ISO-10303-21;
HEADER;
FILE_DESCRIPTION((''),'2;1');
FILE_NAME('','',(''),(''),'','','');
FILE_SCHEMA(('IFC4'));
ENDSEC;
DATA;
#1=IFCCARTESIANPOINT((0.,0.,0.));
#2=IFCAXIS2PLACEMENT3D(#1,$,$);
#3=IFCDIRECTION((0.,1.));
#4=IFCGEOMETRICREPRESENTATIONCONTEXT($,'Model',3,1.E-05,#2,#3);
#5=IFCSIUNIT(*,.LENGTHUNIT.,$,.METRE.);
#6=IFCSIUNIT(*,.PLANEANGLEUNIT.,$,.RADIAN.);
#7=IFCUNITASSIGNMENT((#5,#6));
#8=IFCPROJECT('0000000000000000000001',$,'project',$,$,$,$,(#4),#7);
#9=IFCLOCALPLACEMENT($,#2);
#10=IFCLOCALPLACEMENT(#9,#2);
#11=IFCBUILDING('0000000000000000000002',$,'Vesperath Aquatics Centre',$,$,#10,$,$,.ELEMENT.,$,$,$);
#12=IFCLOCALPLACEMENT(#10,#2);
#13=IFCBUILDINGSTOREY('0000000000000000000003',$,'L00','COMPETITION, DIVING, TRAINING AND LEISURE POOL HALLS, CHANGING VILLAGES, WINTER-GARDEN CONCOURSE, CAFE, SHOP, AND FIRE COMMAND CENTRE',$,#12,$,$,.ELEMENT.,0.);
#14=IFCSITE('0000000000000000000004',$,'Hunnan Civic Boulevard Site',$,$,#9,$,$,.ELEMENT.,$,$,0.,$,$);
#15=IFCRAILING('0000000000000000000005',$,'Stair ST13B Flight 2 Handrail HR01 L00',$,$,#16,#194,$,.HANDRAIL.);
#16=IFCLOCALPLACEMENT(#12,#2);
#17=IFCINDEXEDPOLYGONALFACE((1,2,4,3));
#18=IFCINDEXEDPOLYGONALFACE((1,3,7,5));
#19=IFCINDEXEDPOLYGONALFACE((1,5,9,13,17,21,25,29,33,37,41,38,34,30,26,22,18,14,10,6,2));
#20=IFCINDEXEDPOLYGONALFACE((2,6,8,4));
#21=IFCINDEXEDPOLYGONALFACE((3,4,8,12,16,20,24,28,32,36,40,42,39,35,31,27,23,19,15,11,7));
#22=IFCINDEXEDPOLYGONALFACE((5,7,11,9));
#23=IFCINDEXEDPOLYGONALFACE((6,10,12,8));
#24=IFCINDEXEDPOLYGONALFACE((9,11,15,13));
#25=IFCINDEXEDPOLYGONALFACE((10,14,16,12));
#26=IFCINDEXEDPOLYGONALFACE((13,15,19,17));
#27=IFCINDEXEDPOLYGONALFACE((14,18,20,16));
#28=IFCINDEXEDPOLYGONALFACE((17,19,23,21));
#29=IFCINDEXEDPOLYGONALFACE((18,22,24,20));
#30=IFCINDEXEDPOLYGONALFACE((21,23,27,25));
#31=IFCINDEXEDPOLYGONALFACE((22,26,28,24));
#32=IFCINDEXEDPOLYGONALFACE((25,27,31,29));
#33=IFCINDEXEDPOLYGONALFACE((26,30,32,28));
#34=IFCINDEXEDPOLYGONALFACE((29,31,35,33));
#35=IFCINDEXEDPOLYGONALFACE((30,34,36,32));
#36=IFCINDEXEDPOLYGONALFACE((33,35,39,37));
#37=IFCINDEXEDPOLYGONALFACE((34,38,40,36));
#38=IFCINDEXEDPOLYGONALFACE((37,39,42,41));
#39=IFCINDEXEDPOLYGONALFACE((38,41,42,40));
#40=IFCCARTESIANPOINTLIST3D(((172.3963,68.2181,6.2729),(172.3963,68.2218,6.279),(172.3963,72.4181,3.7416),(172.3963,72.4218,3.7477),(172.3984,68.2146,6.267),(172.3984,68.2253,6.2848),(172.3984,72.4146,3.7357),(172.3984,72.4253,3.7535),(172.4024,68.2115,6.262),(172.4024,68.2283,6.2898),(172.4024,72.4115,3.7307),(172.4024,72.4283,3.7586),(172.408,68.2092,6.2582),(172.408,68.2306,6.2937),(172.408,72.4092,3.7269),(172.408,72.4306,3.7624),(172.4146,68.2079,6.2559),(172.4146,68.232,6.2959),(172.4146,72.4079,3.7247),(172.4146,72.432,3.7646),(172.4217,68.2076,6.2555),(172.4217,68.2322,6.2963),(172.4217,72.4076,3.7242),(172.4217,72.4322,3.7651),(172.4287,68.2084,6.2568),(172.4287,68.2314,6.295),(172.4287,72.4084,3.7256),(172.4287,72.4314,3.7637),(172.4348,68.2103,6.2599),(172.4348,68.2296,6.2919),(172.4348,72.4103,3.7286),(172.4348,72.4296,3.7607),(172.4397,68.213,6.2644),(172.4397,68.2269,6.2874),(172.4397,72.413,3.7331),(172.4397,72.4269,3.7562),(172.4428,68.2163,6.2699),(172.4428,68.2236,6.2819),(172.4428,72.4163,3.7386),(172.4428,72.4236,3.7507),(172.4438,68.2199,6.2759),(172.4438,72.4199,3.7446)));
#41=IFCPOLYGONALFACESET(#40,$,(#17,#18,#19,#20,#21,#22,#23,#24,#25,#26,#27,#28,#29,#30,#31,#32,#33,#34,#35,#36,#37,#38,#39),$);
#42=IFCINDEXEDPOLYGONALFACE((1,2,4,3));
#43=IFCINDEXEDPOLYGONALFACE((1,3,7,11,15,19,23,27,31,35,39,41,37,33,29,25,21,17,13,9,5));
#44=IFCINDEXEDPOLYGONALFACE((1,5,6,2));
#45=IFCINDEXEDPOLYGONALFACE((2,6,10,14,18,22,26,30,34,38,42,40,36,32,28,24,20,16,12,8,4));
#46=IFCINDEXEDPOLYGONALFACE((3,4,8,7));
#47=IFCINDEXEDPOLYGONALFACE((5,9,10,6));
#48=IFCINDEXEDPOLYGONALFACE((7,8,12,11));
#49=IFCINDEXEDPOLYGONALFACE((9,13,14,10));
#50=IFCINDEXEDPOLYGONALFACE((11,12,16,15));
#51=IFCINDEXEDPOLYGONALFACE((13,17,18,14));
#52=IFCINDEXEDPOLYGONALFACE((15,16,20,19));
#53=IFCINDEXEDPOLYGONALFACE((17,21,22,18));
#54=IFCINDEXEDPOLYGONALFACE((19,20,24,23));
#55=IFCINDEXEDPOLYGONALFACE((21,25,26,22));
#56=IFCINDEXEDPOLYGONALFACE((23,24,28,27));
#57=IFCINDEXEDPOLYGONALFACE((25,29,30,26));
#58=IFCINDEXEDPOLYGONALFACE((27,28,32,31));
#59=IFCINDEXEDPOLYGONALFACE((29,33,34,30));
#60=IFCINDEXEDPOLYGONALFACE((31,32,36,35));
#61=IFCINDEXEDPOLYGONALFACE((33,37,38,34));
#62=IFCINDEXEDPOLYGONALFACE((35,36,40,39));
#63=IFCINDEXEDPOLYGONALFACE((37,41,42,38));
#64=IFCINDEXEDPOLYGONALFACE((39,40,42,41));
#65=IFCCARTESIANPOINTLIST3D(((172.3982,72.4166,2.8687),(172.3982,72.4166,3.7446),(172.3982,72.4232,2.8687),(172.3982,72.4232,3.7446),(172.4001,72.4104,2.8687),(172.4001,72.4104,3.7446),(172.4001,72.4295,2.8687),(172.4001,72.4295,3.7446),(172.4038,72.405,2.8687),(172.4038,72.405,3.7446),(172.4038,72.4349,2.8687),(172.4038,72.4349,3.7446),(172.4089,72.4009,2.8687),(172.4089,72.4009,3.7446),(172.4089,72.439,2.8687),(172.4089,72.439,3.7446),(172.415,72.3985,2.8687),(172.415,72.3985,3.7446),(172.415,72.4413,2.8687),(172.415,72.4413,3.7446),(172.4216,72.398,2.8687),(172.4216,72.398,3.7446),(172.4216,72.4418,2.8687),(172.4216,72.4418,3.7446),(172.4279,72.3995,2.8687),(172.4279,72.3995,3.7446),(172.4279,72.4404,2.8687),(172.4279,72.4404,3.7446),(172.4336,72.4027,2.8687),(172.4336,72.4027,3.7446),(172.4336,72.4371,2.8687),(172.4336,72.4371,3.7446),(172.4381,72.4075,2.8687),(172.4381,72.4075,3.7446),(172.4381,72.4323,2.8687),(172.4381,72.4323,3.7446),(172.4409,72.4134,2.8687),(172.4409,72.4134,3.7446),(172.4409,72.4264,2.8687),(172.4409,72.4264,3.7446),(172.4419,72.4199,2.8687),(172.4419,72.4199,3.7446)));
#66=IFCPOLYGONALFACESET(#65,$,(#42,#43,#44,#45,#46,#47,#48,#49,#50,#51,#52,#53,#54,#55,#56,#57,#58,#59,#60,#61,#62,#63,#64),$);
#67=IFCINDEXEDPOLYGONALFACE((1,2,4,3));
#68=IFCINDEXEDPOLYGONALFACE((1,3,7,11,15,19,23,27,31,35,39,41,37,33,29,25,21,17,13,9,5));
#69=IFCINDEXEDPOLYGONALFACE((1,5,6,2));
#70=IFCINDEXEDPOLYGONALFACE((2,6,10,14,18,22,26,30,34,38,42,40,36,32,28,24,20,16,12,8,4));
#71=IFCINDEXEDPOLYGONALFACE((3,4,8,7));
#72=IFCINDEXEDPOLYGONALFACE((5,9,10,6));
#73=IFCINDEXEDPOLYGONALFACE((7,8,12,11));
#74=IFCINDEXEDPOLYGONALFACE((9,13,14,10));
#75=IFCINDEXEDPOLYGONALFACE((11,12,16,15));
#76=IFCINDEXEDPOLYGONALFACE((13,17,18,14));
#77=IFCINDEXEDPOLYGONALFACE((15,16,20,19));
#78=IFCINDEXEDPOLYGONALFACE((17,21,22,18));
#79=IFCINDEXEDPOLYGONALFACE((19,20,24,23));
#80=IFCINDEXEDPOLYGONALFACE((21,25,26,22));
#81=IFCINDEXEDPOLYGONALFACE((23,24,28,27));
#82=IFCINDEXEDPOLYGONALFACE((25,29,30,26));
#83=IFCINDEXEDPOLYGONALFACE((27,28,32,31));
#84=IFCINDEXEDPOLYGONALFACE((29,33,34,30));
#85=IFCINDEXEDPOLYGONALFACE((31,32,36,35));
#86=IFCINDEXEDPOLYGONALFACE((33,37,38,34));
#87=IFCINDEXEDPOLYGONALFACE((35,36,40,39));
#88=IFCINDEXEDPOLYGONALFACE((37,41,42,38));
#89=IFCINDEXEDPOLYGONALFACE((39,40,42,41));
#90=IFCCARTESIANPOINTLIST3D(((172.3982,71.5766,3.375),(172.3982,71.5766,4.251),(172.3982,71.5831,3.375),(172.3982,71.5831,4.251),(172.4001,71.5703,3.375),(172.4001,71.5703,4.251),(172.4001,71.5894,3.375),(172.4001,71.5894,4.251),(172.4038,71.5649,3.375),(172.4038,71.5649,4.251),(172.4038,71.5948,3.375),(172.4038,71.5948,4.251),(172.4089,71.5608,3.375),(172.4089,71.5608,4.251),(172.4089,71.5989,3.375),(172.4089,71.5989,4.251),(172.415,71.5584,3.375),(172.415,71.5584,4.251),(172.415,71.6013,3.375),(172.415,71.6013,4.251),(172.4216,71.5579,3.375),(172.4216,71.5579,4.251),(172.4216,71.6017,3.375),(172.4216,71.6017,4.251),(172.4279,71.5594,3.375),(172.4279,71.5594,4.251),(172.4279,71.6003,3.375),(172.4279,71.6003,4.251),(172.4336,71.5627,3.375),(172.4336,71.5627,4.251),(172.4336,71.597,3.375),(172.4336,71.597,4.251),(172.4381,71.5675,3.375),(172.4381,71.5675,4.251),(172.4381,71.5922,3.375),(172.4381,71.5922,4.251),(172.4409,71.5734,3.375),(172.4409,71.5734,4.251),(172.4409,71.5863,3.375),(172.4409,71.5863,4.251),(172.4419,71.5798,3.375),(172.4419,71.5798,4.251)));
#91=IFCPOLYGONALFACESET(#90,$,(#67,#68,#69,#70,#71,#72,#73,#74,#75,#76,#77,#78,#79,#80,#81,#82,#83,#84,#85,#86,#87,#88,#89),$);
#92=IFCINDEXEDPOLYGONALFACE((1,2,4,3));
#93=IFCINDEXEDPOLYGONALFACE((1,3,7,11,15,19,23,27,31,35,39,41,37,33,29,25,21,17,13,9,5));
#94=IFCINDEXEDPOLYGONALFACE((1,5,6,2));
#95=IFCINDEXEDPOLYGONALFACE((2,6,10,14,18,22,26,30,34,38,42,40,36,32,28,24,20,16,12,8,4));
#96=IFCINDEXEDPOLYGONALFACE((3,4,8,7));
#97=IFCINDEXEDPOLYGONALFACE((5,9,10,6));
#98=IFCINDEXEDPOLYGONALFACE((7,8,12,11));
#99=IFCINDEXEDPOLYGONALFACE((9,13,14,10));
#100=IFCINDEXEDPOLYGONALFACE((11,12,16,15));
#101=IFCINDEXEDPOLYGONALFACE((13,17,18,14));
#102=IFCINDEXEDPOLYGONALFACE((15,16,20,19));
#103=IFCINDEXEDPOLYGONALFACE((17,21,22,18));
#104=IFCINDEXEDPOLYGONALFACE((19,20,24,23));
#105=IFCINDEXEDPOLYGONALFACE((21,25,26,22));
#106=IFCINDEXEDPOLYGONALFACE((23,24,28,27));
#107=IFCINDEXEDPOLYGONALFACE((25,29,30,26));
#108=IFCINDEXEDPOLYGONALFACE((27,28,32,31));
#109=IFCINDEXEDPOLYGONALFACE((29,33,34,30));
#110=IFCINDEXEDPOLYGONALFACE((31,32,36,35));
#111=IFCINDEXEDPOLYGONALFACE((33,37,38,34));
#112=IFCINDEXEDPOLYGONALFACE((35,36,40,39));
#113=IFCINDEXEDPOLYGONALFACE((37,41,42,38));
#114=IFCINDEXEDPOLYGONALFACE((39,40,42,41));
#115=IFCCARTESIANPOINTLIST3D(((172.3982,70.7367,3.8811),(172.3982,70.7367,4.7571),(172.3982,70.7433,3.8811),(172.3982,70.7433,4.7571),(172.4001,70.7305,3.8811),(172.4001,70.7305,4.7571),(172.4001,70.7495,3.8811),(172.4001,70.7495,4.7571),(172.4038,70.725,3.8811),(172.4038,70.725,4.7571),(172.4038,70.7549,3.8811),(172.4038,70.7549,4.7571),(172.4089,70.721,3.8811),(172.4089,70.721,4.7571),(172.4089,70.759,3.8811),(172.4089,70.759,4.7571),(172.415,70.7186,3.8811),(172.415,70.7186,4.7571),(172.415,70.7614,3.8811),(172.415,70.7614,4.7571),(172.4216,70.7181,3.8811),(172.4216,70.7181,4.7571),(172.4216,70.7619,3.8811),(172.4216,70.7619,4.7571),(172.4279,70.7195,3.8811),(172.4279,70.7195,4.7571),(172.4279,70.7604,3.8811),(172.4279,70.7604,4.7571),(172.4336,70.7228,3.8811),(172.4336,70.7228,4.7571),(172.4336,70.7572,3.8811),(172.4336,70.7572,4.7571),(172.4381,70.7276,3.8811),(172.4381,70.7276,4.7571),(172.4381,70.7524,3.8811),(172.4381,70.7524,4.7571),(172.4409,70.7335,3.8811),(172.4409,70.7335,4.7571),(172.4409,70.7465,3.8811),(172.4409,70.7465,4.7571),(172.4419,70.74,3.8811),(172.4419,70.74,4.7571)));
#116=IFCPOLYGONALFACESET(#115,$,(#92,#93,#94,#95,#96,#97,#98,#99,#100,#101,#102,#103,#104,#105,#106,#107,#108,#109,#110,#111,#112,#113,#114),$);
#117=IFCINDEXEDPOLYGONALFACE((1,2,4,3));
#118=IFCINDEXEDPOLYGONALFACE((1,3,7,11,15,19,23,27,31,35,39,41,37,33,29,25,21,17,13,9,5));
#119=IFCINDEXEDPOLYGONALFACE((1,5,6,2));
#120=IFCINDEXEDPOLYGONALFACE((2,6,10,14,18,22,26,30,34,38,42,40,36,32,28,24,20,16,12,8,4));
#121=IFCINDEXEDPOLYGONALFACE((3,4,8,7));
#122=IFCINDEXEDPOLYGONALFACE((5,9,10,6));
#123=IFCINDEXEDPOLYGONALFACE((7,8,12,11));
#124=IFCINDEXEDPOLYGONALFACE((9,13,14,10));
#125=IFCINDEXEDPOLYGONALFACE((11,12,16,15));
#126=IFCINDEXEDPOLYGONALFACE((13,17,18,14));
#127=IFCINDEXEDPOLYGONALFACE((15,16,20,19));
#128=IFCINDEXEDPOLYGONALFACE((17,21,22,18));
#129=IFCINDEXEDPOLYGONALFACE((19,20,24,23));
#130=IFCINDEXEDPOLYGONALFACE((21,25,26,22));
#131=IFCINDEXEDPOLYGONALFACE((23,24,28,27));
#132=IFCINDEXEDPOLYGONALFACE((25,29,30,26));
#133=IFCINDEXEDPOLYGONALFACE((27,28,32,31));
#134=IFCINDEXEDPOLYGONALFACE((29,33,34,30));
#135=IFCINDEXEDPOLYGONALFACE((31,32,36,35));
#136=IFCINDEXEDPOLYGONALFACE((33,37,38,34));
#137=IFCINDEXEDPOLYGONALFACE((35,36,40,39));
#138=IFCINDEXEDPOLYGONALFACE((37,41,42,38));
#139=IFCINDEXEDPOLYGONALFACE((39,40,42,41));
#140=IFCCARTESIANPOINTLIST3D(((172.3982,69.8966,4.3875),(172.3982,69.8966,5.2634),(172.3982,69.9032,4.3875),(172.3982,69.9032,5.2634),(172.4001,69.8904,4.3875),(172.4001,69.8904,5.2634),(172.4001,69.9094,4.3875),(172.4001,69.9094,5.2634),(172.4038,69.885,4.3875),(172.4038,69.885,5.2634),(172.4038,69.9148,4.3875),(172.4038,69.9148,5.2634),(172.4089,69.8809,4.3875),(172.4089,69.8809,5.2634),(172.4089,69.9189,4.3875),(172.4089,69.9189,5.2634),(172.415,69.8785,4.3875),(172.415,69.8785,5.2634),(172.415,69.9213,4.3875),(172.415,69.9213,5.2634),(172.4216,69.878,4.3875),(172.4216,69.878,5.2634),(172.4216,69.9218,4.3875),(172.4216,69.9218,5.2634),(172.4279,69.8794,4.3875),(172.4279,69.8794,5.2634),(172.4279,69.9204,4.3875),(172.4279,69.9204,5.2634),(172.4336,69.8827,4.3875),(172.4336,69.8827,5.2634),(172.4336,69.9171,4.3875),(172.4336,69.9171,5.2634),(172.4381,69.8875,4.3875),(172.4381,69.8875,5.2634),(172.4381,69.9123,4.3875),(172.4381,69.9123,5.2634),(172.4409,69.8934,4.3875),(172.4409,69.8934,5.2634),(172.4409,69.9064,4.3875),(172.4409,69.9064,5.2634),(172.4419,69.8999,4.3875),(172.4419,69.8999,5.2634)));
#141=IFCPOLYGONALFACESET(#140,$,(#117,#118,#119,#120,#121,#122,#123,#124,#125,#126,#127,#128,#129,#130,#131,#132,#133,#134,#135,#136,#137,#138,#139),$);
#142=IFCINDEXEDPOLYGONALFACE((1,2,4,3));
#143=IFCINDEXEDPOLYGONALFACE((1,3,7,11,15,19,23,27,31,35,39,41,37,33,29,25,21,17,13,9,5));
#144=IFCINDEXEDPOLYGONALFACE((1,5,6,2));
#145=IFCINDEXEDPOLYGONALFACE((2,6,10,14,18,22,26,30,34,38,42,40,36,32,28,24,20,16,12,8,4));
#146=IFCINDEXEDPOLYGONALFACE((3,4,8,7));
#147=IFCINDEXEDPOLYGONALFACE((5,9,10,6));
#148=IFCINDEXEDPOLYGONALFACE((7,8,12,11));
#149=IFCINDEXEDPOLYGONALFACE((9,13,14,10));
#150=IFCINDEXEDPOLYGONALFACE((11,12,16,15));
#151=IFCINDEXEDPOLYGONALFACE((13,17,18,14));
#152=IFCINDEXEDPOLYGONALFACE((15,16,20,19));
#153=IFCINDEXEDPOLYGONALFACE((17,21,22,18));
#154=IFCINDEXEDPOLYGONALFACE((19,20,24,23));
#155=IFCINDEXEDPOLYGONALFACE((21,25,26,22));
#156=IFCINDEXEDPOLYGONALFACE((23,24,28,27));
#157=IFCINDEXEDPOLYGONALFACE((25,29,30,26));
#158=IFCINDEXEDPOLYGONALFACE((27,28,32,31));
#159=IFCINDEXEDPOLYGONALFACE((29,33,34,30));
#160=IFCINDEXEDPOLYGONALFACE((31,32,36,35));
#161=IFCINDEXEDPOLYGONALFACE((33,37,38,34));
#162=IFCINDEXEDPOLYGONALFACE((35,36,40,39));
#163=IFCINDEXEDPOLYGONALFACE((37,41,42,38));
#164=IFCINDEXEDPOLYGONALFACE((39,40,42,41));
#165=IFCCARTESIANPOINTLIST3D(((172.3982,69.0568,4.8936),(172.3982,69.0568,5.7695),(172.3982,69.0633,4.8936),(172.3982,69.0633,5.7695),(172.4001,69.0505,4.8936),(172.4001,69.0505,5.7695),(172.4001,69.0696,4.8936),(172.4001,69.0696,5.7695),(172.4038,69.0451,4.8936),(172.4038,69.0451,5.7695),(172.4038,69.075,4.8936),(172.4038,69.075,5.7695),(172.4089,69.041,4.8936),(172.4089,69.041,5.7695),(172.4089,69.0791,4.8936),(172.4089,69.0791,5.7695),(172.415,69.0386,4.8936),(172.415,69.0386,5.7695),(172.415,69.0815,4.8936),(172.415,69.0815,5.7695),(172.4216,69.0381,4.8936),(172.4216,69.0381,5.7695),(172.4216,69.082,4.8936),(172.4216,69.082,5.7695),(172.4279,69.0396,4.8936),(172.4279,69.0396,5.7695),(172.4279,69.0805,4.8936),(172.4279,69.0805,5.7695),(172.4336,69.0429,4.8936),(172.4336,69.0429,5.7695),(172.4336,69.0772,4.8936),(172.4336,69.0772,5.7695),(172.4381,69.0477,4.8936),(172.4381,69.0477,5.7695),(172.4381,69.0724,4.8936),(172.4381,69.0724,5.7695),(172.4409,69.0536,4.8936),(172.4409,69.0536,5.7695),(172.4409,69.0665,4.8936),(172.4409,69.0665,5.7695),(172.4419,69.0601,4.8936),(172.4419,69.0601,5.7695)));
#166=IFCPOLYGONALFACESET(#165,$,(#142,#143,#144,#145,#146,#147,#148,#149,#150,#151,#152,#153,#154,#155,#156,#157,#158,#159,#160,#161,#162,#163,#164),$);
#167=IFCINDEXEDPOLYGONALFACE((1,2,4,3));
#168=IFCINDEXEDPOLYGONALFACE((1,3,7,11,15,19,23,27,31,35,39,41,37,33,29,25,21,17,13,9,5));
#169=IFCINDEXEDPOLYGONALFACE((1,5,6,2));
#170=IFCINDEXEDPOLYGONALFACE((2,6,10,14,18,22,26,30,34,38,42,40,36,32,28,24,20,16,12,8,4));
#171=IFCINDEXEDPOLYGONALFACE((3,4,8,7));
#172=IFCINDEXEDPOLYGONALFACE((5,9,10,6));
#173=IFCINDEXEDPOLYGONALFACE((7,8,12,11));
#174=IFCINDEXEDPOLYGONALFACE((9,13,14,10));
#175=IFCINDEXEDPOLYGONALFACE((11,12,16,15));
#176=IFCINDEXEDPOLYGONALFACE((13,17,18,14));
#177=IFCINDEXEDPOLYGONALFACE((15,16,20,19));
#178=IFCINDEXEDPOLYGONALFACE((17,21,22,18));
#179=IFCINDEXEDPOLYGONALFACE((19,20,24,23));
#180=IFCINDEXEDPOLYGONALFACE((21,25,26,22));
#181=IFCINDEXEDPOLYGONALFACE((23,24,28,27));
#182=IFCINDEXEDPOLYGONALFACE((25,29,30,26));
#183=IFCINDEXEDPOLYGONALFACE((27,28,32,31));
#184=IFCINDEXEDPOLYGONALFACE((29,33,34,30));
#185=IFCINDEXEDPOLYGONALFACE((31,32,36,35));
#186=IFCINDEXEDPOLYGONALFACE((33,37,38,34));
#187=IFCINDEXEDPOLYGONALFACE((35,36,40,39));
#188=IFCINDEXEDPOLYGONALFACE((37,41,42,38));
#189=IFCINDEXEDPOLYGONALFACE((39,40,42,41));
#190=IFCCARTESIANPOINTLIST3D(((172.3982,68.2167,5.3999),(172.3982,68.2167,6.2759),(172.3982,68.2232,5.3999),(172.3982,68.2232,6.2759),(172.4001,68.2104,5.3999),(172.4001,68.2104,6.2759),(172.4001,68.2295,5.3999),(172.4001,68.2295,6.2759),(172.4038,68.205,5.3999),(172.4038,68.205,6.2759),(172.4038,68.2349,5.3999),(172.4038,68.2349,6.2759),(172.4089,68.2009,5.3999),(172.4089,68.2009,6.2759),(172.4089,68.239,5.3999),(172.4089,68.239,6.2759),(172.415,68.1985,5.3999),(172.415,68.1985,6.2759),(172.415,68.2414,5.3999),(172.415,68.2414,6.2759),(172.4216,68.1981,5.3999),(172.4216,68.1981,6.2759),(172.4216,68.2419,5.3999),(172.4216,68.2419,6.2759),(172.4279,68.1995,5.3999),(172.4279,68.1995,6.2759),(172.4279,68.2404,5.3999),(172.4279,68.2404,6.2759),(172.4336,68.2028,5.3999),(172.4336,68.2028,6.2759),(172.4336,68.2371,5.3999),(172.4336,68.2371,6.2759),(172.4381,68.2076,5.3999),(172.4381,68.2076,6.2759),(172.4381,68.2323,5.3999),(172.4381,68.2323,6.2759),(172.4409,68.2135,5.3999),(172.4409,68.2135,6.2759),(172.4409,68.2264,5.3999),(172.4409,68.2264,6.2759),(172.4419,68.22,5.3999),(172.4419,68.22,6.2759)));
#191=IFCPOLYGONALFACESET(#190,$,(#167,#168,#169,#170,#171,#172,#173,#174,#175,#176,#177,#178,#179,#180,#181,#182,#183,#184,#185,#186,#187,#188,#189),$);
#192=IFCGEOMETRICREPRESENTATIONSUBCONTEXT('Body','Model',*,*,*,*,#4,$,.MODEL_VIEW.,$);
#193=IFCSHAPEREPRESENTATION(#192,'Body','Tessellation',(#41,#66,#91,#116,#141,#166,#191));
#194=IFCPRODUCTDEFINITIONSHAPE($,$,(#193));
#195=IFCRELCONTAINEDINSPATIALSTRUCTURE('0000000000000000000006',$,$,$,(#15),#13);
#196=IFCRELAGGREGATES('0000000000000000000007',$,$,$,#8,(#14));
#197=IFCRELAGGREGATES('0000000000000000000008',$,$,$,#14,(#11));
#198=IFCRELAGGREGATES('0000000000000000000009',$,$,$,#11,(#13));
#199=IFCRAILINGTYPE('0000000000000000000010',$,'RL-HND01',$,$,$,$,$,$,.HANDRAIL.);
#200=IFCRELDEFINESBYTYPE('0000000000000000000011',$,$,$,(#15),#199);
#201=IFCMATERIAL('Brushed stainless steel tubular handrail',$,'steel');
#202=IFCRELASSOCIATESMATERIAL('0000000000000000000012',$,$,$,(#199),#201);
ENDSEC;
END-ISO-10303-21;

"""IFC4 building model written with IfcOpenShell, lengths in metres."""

from ifc_helpers import new_model, si_unit, direction, frame, origin, origin_2d, place, context, subcontext, project, spatial, circle, extrude, material, type_object, element, save


model = new_model("IFC4")

# Units and contexts
model_context = context("Model", 3, precision=1e-05, world=origin(), true_north=direction((0.0, 1.0)))
body_context = subcontext(model_context, "Body", "Model", "MODEL_VIEW")
ifc_project = project(units=[si_unit("LENGTHUNIT", "METRE"), si_unit("PLANEANGLEUNIT", "RADIAN")], contexts=[model_context])

# Site, building, storey
site_placement = place(None, origin())
site = spatial("IfcSite", under=ifc_project, at=site_placement, Name="Hunnan Civic Boulevard Site", CompositionType="ELEMENT", RefElevation=0.0)
building_placement = place(site_placement, origin())
building = spatial("IfcBuilding", under=site, at=building_placement, Name="Vesperath Aquatics Centre", CompositionType="ELEMENT")
storey_placement = place(building_placement, origin())
storey = spatial("IfcBuildingStorey", under=building, at=storey_placement, Name="L00", Description="COMPETITION, DIVING, TRAINING AND LEISURE POOL HALLS, CHANGING VILLAGES, WINTER-GARDEN CONCOURSE, CAFE, SHOP, AND FIRE COMMAND CENTRE", CompositionType="ELEMENT", Elevation=0.0)

# Railing
ifc_material_1 = material(Name="Brushed stainless steel tubular handrail", Category="steel")
railing_type_1 = type_object("IfcRailingType", Name="RL-HND01", PredefinedType="HANDRAIL", material=ifc_material_1)
railing_1_placement = place(storey_placement, frame((172.4199, 72.4199, 2.8687)))
element("IfcRailing", 1, at=railing_1_placement, inside=storey, type_object=railing_type_1, Name="Stair ST13B Flight 2 Handrail HR01 L00", PredefinedType="HANDRAIL", context=body_context, shape_type="SweptSolid", body=[
    extrude(circle(Radius=0.0239, at=origin_2d()), frame((0.0, 0.0, 0.876), z_axis=(0.0, -0.856476, 0.516186), x_axis=(1.0, 0.0, 0.0)), (0.0, 0.0, 1.0), 4.9038),
    extrude(circle(Radius=0.022, at=origin_2d()), origin(), (0.0, 0.0, 1.0), 0.876),
    extrude(circle(Radius=0.022, at=origin_2d()), frame((0.0, -0.8401, 0.5063)), (0.0, 0.0, 1.0), 0.876),
    extrude(circle(Radius=0.022, at=origin_2d()), frame((0.0, -1.6799, 1.0125)), (0.0, 0.0, 1.0), 0.876),
    extrude(circle(Radius=0.022, at=origin_2d()), frame((0.0, -2.52, 1.5188)), (0.0, 0.0, 1.0), 0.876),
    extrude(circle(Radius=0.022, at=origin_2d()), frame((0.0, -3.3599, 2.0249)), (0.0, 0.0, 1.0), 0.876),
    extrude(circle(Radius=0.022, at=origin_2d()), frame((0.0, -4.2, 2.5312)), (0.0, 0.0, 1.0), 0.876),
])

save(model, "model.ifc")
